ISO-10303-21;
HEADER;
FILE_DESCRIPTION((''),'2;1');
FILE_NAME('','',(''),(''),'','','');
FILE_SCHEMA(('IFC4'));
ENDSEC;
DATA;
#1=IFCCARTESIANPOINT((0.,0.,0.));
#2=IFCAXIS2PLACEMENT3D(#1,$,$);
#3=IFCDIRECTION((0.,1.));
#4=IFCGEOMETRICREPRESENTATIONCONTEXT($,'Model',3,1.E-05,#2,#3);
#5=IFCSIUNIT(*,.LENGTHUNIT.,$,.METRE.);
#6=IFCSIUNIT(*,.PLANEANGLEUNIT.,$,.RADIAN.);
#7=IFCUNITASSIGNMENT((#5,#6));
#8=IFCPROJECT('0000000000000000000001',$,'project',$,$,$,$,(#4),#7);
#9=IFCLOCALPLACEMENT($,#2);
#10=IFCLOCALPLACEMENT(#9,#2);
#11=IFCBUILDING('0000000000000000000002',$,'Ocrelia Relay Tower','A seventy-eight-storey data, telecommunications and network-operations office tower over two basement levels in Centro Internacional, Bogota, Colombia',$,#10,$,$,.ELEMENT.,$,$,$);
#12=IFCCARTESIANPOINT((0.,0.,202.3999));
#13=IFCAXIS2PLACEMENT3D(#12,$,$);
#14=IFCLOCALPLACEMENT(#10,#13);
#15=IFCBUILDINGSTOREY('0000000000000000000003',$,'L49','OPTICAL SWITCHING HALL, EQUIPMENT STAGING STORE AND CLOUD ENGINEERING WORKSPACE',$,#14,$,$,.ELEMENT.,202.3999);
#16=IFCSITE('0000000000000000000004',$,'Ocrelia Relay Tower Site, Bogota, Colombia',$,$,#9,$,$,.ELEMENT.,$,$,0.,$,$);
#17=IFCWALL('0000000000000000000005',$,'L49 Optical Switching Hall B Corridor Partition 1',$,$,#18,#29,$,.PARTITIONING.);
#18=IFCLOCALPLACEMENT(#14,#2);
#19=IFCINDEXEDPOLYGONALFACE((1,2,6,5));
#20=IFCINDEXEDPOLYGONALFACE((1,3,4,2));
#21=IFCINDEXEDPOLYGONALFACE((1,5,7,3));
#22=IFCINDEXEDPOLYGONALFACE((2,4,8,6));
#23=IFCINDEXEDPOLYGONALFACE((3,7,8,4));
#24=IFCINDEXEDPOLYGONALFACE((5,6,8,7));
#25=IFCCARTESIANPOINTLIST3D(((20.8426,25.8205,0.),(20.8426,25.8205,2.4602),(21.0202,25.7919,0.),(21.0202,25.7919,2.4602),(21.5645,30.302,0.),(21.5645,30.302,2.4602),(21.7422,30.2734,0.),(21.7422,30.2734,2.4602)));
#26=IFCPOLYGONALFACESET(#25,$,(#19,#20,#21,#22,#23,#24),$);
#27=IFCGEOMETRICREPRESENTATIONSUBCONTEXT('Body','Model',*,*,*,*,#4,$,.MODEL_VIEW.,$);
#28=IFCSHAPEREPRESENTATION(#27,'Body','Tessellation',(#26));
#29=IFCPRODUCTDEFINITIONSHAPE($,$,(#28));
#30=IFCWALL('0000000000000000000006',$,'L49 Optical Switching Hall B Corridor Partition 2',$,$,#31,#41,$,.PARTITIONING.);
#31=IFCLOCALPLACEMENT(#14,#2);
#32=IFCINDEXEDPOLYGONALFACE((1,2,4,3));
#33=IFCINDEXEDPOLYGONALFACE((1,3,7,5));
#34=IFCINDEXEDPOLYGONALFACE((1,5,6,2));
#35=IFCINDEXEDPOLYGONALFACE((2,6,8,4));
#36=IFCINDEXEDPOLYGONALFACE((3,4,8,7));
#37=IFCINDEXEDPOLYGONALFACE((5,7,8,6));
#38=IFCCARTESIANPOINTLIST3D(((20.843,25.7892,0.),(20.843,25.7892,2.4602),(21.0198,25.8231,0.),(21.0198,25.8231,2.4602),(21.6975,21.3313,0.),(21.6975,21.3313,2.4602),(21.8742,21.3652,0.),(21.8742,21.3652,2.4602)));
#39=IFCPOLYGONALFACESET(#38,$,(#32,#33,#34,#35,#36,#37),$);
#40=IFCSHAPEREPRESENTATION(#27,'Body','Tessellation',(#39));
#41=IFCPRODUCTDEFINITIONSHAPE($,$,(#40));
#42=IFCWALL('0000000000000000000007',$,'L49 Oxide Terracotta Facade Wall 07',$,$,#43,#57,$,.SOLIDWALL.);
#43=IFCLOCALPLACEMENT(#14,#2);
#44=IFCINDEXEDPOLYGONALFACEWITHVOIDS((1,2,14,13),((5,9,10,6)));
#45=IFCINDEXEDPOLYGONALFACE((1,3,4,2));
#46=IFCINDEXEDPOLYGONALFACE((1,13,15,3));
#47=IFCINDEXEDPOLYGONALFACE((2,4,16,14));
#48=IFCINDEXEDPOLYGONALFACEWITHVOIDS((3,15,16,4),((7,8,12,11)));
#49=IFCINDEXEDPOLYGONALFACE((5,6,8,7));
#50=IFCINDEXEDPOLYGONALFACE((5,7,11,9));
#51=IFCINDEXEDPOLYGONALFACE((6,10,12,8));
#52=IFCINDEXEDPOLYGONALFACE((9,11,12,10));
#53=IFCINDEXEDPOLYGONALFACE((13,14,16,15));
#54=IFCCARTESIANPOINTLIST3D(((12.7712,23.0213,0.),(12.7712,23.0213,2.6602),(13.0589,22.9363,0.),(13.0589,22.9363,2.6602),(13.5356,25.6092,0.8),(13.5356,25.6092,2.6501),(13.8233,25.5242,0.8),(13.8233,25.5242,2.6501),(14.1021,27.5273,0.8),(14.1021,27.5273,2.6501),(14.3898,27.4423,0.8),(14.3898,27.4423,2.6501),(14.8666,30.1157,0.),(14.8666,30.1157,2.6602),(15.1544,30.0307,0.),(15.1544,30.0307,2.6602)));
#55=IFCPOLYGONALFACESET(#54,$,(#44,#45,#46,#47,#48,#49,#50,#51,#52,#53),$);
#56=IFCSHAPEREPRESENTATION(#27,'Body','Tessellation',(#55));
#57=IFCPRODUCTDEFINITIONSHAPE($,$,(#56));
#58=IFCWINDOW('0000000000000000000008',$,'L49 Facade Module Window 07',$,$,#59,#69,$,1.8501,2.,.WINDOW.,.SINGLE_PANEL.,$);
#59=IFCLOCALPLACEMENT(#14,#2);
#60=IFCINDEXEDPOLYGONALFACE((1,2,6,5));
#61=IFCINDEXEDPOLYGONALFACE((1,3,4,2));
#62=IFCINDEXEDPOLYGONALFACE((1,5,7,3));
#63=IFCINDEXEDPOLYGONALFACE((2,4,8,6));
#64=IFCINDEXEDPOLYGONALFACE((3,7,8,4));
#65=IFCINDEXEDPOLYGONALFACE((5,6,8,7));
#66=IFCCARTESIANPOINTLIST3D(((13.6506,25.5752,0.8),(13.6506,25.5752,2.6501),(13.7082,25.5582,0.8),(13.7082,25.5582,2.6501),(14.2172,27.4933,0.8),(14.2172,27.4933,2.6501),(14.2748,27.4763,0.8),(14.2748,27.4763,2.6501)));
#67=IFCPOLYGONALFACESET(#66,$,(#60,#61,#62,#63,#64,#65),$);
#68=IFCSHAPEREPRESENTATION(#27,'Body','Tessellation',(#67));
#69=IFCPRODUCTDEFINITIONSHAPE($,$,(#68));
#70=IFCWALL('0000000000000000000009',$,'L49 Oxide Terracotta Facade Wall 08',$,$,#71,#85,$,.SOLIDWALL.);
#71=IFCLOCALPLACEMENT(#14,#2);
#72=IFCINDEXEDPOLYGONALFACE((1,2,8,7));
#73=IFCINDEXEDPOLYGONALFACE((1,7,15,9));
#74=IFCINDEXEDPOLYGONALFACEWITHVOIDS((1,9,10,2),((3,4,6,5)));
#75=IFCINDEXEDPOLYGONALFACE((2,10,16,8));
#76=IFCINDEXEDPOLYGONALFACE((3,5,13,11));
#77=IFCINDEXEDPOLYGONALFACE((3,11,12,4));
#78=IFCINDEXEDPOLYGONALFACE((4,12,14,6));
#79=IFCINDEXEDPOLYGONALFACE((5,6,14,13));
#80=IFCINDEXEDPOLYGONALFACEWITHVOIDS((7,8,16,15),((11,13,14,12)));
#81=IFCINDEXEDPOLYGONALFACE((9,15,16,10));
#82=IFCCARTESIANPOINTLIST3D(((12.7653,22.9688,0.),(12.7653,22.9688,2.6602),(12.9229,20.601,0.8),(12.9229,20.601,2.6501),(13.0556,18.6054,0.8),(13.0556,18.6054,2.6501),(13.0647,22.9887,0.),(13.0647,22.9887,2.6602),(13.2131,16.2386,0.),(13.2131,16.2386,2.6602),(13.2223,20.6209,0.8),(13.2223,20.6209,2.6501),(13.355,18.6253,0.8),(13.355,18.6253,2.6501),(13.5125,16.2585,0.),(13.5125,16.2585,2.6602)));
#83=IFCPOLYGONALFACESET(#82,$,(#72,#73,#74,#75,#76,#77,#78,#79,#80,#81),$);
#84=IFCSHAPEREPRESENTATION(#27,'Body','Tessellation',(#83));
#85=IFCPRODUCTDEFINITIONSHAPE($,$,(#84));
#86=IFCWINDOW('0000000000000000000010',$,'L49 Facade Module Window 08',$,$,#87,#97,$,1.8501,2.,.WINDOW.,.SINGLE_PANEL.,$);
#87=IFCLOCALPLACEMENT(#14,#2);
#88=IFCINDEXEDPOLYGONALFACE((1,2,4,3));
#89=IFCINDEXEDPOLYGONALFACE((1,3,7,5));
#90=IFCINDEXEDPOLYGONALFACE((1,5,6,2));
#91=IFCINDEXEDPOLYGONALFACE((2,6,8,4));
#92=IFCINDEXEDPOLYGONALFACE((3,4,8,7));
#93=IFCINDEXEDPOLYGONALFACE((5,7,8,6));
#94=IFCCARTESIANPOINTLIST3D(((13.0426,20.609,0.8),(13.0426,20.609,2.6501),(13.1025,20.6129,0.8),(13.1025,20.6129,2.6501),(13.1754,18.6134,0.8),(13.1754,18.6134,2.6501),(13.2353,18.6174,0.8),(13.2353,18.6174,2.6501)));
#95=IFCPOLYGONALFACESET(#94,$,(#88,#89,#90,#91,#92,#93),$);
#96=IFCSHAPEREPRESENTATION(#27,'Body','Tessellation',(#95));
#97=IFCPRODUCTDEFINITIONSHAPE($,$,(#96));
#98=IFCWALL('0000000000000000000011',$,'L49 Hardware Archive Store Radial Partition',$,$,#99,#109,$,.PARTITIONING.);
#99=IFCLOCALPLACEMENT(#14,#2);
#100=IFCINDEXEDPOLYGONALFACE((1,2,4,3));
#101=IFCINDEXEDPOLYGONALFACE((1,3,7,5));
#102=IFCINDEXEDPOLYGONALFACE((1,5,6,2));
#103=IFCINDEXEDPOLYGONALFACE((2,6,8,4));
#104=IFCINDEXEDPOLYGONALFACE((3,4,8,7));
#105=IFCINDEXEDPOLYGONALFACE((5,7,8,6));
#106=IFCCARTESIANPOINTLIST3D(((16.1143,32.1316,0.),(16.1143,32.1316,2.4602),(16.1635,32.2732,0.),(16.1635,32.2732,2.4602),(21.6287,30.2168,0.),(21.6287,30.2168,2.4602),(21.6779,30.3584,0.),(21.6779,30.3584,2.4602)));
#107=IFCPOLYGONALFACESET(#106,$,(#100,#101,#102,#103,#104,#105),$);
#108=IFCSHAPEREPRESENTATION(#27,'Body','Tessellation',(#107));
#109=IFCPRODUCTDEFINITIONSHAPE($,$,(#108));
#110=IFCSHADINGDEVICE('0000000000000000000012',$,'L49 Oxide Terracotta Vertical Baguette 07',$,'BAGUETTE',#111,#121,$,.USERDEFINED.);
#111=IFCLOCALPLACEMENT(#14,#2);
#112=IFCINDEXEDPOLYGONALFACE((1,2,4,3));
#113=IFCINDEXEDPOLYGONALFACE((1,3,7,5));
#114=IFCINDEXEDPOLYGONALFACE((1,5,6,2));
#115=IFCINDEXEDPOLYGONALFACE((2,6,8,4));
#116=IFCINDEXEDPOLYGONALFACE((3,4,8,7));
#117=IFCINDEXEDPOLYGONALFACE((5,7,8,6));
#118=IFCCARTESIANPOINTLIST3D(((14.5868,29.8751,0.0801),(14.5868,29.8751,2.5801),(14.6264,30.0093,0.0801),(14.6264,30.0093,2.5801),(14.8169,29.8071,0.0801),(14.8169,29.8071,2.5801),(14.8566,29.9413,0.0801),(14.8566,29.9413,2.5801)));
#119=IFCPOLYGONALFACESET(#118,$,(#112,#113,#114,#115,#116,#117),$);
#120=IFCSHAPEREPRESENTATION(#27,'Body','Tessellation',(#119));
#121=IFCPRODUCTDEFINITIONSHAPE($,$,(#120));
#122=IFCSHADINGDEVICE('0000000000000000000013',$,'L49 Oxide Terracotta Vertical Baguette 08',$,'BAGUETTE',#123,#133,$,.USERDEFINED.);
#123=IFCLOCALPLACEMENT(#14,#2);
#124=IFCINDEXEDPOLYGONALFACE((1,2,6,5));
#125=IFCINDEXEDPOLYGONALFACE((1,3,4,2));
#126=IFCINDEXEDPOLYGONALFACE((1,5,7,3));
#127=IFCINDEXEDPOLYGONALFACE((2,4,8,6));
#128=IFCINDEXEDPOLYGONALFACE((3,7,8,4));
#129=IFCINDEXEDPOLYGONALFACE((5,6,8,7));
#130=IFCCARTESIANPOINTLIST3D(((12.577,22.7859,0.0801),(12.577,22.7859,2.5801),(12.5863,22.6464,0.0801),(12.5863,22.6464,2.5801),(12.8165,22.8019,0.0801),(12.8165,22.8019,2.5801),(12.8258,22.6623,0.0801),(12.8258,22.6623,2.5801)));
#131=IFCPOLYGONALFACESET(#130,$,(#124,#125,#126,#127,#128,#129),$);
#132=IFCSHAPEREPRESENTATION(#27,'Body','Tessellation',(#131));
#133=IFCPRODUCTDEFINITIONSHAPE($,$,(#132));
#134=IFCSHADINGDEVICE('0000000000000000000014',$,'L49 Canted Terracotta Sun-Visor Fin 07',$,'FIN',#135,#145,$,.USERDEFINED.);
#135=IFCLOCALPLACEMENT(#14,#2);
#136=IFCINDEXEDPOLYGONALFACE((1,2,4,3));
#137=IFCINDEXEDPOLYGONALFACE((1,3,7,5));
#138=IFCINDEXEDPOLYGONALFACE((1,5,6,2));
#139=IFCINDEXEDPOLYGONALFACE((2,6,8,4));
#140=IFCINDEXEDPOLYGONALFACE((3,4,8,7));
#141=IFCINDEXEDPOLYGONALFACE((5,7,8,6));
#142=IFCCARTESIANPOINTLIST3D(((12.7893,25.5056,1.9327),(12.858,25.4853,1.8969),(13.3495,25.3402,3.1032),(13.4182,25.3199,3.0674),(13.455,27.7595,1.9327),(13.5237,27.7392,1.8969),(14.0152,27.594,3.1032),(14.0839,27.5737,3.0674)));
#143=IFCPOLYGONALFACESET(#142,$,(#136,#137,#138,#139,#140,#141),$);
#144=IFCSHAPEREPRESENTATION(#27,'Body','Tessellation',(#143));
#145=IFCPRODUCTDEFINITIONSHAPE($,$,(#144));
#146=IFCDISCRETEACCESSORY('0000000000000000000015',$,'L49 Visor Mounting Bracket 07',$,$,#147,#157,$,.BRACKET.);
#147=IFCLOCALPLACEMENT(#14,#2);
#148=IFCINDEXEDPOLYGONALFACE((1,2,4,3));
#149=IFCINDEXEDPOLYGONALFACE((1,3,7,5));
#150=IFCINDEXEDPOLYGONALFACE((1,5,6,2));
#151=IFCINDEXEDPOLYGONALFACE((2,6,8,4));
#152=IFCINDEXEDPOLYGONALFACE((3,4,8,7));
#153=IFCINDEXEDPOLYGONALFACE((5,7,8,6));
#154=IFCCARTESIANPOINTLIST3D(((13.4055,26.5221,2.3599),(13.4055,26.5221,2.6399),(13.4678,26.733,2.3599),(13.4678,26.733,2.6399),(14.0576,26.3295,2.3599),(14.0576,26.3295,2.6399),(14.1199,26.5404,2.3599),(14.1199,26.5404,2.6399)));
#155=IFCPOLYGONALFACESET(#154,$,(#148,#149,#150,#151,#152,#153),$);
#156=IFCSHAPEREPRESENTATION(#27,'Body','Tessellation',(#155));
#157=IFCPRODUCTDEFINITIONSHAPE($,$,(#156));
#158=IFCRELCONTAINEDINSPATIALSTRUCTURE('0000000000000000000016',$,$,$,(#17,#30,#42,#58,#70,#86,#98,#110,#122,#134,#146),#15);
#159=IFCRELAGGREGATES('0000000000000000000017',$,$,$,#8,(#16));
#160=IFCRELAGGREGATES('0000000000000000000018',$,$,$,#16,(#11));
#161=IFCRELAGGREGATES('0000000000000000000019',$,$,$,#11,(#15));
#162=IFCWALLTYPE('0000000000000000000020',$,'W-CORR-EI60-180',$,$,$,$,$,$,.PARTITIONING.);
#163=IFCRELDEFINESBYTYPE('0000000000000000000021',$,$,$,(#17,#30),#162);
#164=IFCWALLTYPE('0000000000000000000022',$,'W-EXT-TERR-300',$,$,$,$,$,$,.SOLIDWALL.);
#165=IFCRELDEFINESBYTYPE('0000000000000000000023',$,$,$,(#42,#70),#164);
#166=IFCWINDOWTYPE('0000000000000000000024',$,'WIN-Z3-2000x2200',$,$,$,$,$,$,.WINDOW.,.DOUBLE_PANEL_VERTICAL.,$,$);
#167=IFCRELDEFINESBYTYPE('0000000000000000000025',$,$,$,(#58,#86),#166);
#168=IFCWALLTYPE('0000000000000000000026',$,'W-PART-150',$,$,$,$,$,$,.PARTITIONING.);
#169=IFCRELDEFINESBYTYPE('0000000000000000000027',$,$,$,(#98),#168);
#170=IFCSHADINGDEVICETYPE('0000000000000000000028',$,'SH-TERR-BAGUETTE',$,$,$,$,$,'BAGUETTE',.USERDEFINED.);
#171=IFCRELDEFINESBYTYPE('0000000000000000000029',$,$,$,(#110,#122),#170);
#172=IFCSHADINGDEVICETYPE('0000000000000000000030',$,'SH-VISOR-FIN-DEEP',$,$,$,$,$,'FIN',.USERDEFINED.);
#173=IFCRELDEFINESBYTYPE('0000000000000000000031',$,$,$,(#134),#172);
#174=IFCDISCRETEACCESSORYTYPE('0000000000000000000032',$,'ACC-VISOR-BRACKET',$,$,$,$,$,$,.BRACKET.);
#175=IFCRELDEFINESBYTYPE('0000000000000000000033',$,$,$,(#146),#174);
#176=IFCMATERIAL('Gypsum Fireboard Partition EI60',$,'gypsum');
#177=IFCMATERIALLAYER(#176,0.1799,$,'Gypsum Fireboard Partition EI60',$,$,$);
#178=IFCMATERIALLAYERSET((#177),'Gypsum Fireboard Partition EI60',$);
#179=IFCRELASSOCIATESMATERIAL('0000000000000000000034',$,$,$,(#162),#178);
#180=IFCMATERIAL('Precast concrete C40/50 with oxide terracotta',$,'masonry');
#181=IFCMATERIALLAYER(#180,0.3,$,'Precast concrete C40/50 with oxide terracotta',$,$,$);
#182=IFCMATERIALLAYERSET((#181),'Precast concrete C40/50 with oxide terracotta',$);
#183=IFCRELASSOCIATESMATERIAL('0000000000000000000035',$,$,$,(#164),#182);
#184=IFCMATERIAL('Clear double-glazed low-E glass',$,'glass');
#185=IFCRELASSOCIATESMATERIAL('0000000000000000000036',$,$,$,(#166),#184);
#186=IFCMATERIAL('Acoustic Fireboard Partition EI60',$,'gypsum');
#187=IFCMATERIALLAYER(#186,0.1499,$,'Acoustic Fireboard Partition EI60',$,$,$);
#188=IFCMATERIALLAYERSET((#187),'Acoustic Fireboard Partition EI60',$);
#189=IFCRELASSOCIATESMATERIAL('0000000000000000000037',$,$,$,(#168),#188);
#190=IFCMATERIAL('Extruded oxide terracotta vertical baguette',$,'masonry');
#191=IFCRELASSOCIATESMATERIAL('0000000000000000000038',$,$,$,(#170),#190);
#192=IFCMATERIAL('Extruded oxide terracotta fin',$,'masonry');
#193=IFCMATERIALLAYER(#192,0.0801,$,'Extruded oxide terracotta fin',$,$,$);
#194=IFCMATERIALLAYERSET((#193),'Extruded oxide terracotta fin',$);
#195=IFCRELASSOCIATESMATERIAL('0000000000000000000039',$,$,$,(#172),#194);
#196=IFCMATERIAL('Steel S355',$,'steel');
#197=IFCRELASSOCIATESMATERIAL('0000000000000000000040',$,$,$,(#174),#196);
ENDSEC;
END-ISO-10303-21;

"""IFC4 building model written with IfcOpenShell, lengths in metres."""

from ifc_helpers import new_model, si_unit, direction, frame, frame_2d, origin, origin_2d, place, context, subcontext, project, spatial, rectangle, extrude, material, layer, layer_set, type_object, element, fill, save


model = new_model("IFC4")

# Units and contexts
model_context = context("Model", 3, precision=1e-05, world=origin(), true_north=direction((0.0, 1.0)))
body_context = subcontext(model_context, "Body", "Model", "MODEL_VIEW")
ifc_project = project(units=[si_unit("LENGTHUNIT", "METRE"), si_unit("PLANEANGLEUNIT", "RADIAN")], contexts=[model_context])

# Site, building, storey
site_placement = place(None, origin())
site = spatial("IfcSite", under=ifc_project, at=site_placement, Name="Ocrelia Relay Tower Site, Bogota, Colombia", CompositionType="ELEMENT", RefElevation=0.0)
building_placement = place(site_placement, origin())
building = spatial("IfcBuilding", under=site, at=building_placement, Name="Ocrelia Relay Tower", Description="A seventy-eight-storey data, telecommunications and network-operations office tower over two basement levels in Centro Internacional, Bogota, Colombia", CompositionType="ELEMENT")
storey_placement = place(building_placement, frame((0.0, 0.0, 202.3999)))
storey = spatial("IfcBuildingStorey", under=building, at=storey_placement, Name="L49", Description="OPTICAL SWITCHING HALL, EQUIPMENT STAGING STORE AND CLOUD ENGINEERING WORKSPACE", CompositionType="ELEMENT", Elevation=202.3999)

# Shared definitions
ifc_material_1 = material(Name="Steel S355", Category="steel")

# Walls
ifc_material_2 = material(Name="Gypsum Fireboard Partition EI60", Category="gypsum")
ifc_layer_1 = layer(ifc_material_2, 0.1799, Name="Gypsum Fireboard Partition EI60")
ifc_layer_set_1 = layer_set([ifc_layer_1], Name="Gypsum Fireboard Partition EI60")
wall_type_1 = type_object("IfcWallType", Name="W-CORR-EI60-180", PredefinedType="PARTITIONING", material=ifc_layer_set_1)
wall_1_placement = place(storey_placement, frame((21.6533, 30.2876, 0.0), z_axis=(0.0, 0.0, 1.0), x_axis=(-0.159041, -0.987272, 0.0)))
element("IfcWall", 1, at=wall_1_placement, inside=storey, type_object=wall_type_1, Name="L49 Optical Switching Hall B Corridor Partition 1", PredefinedType="PARTITIONING", context=body_context, shape_type="SweptSolid", body=[
    extrude(rectangle(XDim=4.5393, YDim=0.1799, at=frame_2d((2.2695, 0.0))), origin(), (0.0, 0.0, 1.0), 2.4602),
])
wall_2_placement = place(storey_placement, frame((20.9314, 25.8062, 0.0), z_axis=(0.0, 0.0, 1.0), x_axis=(0.188249, -0.982121, 0.0)))
element("IfcWall", 2, at=wall_2_placement, inside=storey, type_object=wall_type_1, Name="L49 Optical Switching Hall B Corridor Partition 2", PredefinedType="PARTITIONING", context=body_context, shape_type="SweptSolid", body=[
    extrude(rectangle(XDim=4.5391, YDim=0.1799, at=frame_2d((2.2695, 0.0))), origin(), (0.0, 0.0, 1.0), 2.4602),
])

# Walls, openings, windows
ifc_material_3 = material(Name="Precast concrete C40/50 with oxide terracotta", Category="masonry")
ifc_layer_2 = layer(ifc_material_3, 0.3, Name="Precast concrete C40/50 with oxide terracotta")
ifc_layer_set_2 = layer_set([ifc_layer_2], Name="Precast concrete C40/50 with oxide terracotta")
wall_type_2 = type_object("IfcWallType", Name="W-EXT-TERR-300", PredefinedType="SOLIDWALL", material=ifc_layer_set_2)
wall_3_placement = place(storey_placement, frame((15.0105, 30.0732, 0.0), z_axis=(0.0, 0.0, 1.0), x_axis=(-0.283267, -0.959041, 0.0)))
wall_3 = element("IfcWall", 3, at=wall_3_placement, inside=storey, type_object=wall_type_2, Name="L49 Oxide Terracotta Facade Wall 07", PredefinedType="SOLIDWALL", context=body_context, shape_type="SweptSolid", body=[
    extrude(rectangle(XDim=7.3975, YDim=0.3, at=frame_2d((3.6987, 0.0))), origin(), (0.0, 0.0, 1.0), 2.6602),
])
opening_1_placement = place(wall_3_placement, frame((2.699, 0.0, 0.8)))
opening_1 = element("IfcOpeningElement", 4, at=opening_1_placement, cuts=wall_3, PredefinedType="OPENING", context=body_context, shape_type="SweptSolid", body=[
    extrude(rectangle(XDim=2.0, YDim=1.8501, at=frame_2d((1.0, 0.925))), frame((0.0, 0.1602, 0.0), z_axis=(0.0, -1.0, 0.0), x_axis=(1.0, 0.0, 0.0)), (0.0, 0.0, 1.0), 0.3201),
])
ifc_material_4 = material(Name="Clear double-glazed low-E glass", Category="glass")
window_type = type_object("IfcWindowType", Name="WIN-Z3-2000x2200", PartitioningType="DOUBLE_PANEL_VERTICAL", PredefinedType="WINDOW", material=ifc_material_4)
window_1_placement = place(opening_1_placement, origin())
window_1 = element("IfcWindow", 5, at=window_1_placement, inside=storey, type_object=window_type, Name="L49 Facade Module Window 07", OverallHeight=1.8501, OverallWidth=2.0, PartitioningType="SINGLE_PANEL", PredefinedType="WINDOW", context=body_context, shape_type="SweptSolid", body=[
    extrude(rectangle(XDim=2.0, YDim=1.8501, at=frame_2d((1.0, 0.925))), frame((0.0, 0.03, 0.0), z_axis=(0.0, -1.0, 0.0), x_axis=(1.0, 0.0, 0.0)), (0.0, 0.0, 1.0), 0.0601),
])
fill(opening_1, window_1)
wall_4_placement = place(storey_placement, frame((12.915, 22.9788, 0.0), z_axis=(0.0, 0.0, 1.0), x_axis=(0.066382, -0.997794, 0.0)))
wall_4 = element("IfcWall", 6, at=wall_4_placement, inside=storey, type_object=wall_type_2, Name="L49 Oxide Terracotta Facade Wall 08", PredefinedType="SOLIDWALL", context=body_context, shape_type="SweptSolid", body=[
    extrude(rectangle(XDim=6.7451, YDim=0.3, at=frame_2d((3.3726, 0.0))), origin(), (0.0, 0.0, 1.0), 2.6602),
])
opening_2_placement = place(wall_4_placement, frame((2.373, 0.0, 0.8)))
opening_2 = element("IfcOpeningElement", 7, at=opening_2_placement, cuts=wall_4, PredefinedType="OPENING", context=body_context, shape_type="SweptSolid", body=[
    extrude(rectangle(XDim=2.0, YDim=1.8501, at=frame_2d((1.0, 0.925))), frame((0.0, 0.1602, 0.0), z_axis=(0.0, -1.0, 0.0), x_axis=(1.0, 0.0, 0.0)), (0.0, 0.0, 1.0), 0.3201),
])
window_2_placement = place(opening_2_placement, origin())
window_2 = element("IfcWindow", 8, at=window_2_placement, inside=storey, type_object=window_type, Name="L49 Facade Module Window 08", OverallHeight=1.8501, OverallWidth=2.0, PartitioningType="SINGLE_PANEL", PredefinedType="WINDOW", context=body_context, shape_type="SweptSolid", body=[
    extrude(rectangle(XDim=2.0, YDim=1.8501, at=frame_2d((1.0, 0.925))), frame((0.0, 0.03, 0.0), z_axis=(0.0, -1.0, 0.0), x_axis=(1.0, 0.0, 0.0)), (0.0, 0.0, 1.0), 0.0601),
])
fill(opening_2, window_2)

# Wall
ifc_material_5 = material(Name="Acoustic Fireboard Partition EI60", Category="gypsum")
ifc_layer_3 = layer(ifc_material_5, 0.1499, Name="Acoustic Fireboard Partition EI60")
ifc_layer_set_3 = layer_set([ifc_layer_3], Name="Acoustic Fireboard Partition EI60")
wall_type_3 = type_object("IfcWallType", Name="W-PART-150", PredefinedType="PARTITIONING", material=ifc_layer_set_3)
wall_5_placement = place(storey_placement, frame((21.6533, 30.2876, 0.0), z_axis=(0.0, 0.0, 1.0), x_axis=(-0.94467, 0.328023, 0.0)))
element("IfcWall", 9, at=wall_5_placement, inside=storey, type_object=wall_type_3, Name="L49 Hardware Archive Store Radial Partition", PredefinedType="PARTITIONING", context=body_context, shape_type="SweptSolid", body=[
    extrude(rectangle(XDim=5.8374, YDim=0.1499, at=frame_2d((2.9187, 0.0))), origin(), (0.0, 0.0, 1.0), 2.4602),
])

# Shading devices
ifc_material_6 = material(Name="Extruded oxide terracotta vertical baguette", Category="masonry")
shading_device_type_1 = type_object("IfcShadingDeviceType", Name="SH-TERR-BAGUETTE", ElementType="BAGUETTE", PredefinedType="USERDEFINED", material=ifc_material_6)
for number, where, z_axis, x_axis, name in (
    (10, (14.7217, 29.9082, 0.0801), (0.0, 0.0, 1.0), (-0.283259, -0.959044, 0.0), "L49 Oxide Terracotta Vertical Baguette 07"),
    (11, (12.7014, 22.7241, 0.0801), (0.0, 0.0, 1.0), (0.066374, -0.997795, 0.0), "L49 Oxide Terracotta Vertical Baguette 08"),
):
    element("IfcShadingDevice", number, at=place(storey_placement, frame(where, z_axis=z_axis, x_axis=x_axis)), inside=storey, type_object=shading_device_type_1, Name=name, ObjectType="BAGUETTE", PredefinedType="USERDEFINED", context=body_context, shape_type="SweptSolid", body=[
        extrude(rectangle(XDim=0.1399, YDim=0.24, at=origin_2d()), origin(), (0.0, 0.0, 1.0), 2.5),
    ])
ifc_material_7 = material(Name="Extruded oxide terracotta fin", Category="masonry")
ifc_layer_4 = layer(ifc_material_7, 0.0801, Name="Extruded oxide terracotta fin")
ifc_layer_set_4 = layer_set([ifc_layer_4], Name="Extruded oxide terracotta fin")
shading_device_type_2 = type_object("IfcShadingDeviceType", Name="SH-VISOR-FIN-DEEP", ElementType="FIN", PredefinedType="USERDEFINED", material=ifc_layer_set_4)
shading_device_placement = place(storey_placement, frame((13.4709, 26.5295, 2.4822), z_axis=(-0.858132, 0.253454, 0.44651), x_axis=(-0.283259, -0.959044, 0.0)))
element("IfcShadingDevice", 12, at=shading_device_placement, inside=storey, type_object=shading_device_type_2, Name="L49 Canted Terracotta Sun-Visor Fin 07", ObjectType="FIN", PredefinedType="USERDEFINED", context=body_context, shape_type="SweptSolid", body=[
    extrude(rectangle(XDim=2.3501, YDim=1.3081, at=origin_2d()), origin(), (0.0, 0.0, 1.0), 0.0801),
])

# Discrete accessory
discrete_accessory_type = type_object("IfcDiscreteAccessoryType", Name="ACC-VISOR-BRACKET", PredefinedType="BRACKET", material=ifc_material_1)
discrete_accessory_placement = place(storey_placement, frame((13.7627, 26.5312, 2.3599), z_axis=(0.0, 0.0, 1.0), x_axis=(-0.283259, -0.959044, 0.0)))
element("IfcDiscreteAccessory", 13, at=discrete_accessory_placement, inside=storey, type_object=discrete_accessory_type, Name="L49 Visor Mounting Bracket 07", PredefinedType="BRACKET", context=body_context, shape_type="SweptSolid", body=[
    extrude(rectangle(XDim=0.22, YDim=0.6799, at=origin_2d()), origin(), (0.0, 0.0, 1.0), 0.28),
])

save(model, "model.ifc")
